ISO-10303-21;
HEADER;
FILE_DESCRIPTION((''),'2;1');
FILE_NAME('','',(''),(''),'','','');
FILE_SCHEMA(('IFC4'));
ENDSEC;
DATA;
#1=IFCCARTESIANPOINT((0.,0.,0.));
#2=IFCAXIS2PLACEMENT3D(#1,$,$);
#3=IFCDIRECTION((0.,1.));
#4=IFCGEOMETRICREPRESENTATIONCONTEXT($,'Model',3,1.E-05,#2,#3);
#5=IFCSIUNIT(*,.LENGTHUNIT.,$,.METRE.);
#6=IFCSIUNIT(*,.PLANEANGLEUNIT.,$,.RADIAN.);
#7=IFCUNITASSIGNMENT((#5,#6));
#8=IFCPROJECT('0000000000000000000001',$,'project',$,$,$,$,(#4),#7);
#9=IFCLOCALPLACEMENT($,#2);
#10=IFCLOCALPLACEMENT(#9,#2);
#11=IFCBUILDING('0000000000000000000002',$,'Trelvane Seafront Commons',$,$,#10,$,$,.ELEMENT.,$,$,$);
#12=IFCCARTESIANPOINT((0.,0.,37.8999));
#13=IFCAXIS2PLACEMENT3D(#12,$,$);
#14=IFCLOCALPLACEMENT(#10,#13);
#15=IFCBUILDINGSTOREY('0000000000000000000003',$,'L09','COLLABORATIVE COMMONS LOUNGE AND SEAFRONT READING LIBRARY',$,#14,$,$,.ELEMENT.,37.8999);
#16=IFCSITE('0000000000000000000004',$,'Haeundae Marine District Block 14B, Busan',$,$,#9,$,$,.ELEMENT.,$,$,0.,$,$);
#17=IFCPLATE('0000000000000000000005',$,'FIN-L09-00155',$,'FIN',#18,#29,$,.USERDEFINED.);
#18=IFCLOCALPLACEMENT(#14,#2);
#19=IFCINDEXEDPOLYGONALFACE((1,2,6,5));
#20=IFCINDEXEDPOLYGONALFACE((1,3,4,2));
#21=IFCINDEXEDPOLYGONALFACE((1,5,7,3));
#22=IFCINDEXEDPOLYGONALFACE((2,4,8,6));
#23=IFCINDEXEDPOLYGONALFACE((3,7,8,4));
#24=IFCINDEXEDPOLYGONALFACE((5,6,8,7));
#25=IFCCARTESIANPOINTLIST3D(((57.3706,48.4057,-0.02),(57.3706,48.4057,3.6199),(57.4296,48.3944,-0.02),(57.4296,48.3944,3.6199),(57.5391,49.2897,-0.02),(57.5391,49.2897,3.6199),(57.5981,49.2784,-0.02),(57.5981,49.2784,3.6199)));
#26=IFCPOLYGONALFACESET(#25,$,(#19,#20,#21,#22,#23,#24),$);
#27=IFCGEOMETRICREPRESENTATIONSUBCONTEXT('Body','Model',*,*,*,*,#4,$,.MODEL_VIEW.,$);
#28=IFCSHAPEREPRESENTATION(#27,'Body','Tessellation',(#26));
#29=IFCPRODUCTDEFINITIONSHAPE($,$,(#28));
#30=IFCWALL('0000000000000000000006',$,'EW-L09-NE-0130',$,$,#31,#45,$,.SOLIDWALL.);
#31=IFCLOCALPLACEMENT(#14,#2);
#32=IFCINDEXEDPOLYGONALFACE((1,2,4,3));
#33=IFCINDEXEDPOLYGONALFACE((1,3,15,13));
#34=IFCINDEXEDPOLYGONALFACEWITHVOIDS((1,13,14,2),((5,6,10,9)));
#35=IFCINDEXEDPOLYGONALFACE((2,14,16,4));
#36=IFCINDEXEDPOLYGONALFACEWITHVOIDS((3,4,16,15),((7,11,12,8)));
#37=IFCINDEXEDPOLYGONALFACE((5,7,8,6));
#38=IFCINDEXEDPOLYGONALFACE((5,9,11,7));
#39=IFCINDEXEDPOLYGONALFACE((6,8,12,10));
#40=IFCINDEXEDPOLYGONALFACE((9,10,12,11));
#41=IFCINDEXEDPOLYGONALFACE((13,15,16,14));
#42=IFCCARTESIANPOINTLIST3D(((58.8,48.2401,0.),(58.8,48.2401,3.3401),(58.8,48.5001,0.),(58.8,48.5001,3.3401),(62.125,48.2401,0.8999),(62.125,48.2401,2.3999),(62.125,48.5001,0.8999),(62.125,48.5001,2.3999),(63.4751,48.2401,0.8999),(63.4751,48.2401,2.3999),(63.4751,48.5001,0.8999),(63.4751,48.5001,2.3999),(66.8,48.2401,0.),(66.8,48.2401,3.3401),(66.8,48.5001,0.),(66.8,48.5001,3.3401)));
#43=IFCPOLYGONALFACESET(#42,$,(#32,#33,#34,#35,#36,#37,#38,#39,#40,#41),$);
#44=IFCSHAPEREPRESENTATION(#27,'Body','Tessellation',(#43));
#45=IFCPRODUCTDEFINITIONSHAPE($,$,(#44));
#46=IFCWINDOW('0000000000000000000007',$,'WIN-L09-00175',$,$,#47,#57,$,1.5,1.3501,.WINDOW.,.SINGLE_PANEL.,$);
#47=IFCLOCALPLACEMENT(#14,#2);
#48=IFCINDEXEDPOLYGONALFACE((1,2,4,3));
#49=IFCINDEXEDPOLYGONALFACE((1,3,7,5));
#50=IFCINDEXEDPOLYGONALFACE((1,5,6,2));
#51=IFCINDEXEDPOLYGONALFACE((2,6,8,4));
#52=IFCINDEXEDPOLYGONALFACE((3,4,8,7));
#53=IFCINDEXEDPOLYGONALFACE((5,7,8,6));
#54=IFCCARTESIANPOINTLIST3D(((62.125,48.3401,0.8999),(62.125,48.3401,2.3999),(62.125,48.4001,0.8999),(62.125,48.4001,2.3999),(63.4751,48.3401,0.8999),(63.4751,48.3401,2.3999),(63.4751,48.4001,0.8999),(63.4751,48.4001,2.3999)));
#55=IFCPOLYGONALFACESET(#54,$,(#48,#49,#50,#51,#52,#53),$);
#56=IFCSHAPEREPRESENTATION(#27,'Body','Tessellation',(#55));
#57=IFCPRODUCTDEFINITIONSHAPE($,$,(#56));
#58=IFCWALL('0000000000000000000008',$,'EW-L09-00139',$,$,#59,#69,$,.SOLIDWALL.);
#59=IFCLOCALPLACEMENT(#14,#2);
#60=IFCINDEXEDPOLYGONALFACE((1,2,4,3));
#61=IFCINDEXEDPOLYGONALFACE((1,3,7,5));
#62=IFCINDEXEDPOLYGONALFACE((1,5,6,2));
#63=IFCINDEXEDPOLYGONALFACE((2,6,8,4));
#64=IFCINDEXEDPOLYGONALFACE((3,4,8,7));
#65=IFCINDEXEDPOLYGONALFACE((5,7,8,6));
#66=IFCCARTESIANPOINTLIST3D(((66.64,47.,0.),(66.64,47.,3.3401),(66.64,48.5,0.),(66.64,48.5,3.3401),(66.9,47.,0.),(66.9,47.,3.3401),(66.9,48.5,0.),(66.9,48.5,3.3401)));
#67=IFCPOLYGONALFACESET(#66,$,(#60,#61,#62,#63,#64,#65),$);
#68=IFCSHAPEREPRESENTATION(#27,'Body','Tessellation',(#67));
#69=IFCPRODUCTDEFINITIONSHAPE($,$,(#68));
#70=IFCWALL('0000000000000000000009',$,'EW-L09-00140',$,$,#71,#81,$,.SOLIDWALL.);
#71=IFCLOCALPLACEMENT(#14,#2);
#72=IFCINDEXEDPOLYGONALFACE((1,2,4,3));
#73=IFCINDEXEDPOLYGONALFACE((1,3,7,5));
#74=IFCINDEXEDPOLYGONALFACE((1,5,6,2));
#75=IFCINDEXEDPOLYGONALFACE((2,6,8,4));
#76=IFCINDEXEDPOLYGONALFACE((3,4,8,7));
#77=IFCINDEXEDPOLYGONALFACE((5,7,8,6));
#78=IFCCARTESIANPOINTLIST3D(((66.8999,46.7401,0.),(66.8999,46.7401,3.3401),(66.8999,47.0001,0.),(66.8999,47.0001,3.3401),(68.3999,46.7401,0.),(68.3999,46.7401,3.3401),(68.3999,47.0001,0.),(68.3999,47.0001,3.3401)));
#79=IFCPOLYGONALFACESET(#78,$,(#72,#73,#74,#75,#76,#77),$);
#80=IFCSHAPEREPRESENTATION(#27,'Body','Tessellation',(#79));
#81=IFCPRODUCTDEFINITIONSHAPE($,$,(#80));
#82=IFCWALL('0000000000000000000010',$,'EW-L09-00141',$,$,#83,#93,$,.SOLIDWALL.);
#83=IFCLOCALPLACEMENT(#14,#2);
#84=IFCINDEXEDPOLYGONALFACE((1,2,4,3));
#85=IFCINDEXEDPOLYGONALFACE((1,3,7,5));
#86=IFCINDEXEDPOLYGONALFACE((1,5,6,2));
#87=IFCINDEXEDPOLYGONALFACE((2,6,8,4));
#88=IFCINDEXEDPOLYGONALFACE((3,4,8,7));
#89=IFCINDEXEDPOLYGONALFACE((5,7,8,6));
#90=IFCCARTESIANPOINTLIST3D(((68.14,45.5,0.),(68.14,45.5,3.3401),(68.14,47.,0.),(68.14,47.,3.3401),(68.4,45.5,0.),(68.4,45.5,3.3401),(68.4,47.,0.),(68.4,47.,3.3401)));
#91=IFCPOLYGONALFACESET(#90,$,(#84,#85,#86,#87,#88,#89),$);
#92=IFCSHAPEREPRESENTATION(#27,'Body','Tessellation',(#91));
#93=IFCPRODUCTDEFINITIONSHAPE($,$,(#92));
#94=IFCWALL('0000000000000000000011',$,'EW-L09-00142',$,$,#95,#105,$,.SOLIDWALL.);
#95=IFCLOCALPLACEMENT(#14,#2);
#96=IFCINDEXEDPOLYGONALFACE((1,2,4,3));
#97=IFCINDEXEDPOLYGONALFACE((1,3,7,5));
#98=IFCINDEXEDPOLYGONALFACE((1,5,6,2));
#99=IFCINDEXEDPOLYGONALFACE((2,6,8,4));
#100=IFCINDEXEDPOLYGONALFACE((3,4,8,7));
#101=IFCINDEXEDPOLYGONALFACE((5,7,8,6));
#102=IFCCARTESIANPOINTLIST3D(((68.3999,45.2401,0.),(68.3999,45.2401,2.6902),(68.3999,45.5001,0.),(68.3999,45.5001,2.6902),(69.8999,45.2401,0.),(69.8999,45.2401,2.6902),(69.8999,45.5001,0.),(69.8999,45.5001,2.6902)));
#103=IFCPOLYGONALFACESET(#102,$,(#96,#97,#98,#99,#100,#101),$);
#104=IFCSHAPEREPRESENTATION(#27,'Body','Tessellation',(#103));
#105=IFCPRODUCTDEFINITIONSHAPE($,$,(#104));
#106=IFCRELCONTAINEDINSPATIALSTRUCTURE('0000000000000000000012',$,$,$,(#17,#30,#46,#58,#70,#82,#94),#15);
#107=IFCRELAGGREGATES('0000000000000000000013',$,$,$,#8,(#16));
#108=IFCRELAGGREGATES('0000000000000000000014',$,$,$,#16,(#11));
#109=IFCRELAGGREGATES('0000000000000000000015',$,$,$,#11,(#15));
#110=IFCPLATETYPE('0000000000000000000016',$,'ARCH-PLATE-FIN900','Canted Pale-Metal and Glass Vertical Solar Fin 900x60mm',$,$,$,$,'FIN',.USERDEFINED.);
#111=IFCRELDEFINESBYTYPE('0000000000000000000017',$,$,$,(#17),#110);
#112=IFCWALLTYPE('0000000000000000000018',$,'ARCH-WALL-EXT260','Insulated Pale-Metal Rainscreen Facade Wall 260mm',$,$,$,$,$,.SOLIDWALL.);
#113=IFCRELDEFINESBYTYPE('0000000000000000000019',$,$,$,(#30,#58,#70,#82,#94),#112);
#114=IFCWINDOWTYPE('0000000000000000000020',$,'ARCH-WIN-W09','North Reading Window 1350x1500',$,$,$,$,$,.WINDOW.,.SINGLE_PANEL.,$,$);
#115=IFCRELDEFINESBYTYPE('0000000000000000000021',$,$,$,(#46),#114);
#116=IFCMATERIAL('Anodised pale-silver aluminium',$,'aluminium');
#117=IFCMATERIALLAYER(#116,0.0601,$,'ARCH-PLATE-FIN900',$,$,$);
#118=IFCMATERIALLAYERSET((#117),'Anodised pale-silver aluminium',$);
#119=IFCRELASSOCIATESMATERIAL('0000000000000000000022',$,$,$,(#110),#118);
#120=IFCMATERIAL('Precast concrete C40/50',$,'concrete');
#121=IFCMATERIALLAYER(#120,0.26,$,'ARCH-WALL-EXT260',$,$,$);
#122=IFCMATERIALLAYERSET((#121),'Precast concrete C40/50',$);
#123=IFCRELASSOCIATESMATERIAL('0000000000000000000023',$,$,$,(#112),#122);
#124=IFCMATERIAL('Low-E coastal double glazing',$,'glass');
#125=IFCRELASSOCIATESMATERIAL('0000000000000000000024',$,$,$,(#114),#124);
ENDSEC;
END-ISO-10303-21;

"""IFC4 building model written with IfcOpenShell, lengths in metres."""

from ifc_helpers import new_model, si_unit, direction, frame, frame_2d, origin, origin_2d, place, context, subcontext, project, spatial, rectangle, extrude, source, transform, mapped, material, layer, layer_set, type_object, element, fill, save


model = new_model("IFC4")

# Units and contexts
model_context = context("Model", 3, precision=1e-05, world=origin(), true_north=direction((0.0, 1.0)))
body_context = subcontext(model_context, "Body", "Model", "MODEL_VIEW")
ifc_project = project(units=[si_unit("LENGTHUNIT", "METRE"), si_unit("PLANEANGLEUNIT", "RADIAN")], contexts=[model_context])

# Site, building, storey
site_placement = place(None, origin())
site = spatial("IfcSite", under=ifc_project, at=site_placement, Name="Haeundae Marine District Block 14B, Busan", CompositionType="ELEMENT", RefElevation=0.0)
building_placement = place(site_placement, origin())
building = spatial("IfcBuilding", under=site, at=building_placement, Name="Trelvane Seafront Commons", CompositionType="ELEMENT")
storey_placement = place(building_placement, frame((0.0, 0.0, 37.8999)))
storey = spatial("IfcBuildingStorey", under=building, at=storey_placement, Name="L09", Description="COLLABORATIVE COMMONS LOUNGE AND SEAFRONT READING LIBRARY", CompositionType="ELEMENT", Elevation=37.8999)

# Shared definitions
ifc_material_1 = material(Name="Anodised pale-silver aluminium", Category="aluminium")
ifc_material_2 = material(Name="Low-E coastal double glazing", Category="glass")

# Plate
ifc_layer_1 = layer(ifc_material_1, 0.0601, Name="ARCH-PLATE-FIN900")
ifc_layer_set_1 = layer_set([ifc_layer_1], Name="Anodised pale-silver aluminium")
plate_type_1 = type_object("IfcPlateType", Name="ARCH-PLATE-FIN900", Description="Canted Pale-Metal and Glass Vertical Solar Fin 900x60mm", ElementType="FIN", PredefinedType="USERDEFINED", material=ifc_layer_set_1)
shared_shape_1 = source(origin(), body_context, "Body", "SweptSolid", [
    extrude(rectangle(XDim=0.8999, YDim=0.0601, at=origin_2d()), origin(), (0.0, 0.0, 1.0), 3.6399),
])
plate_1_placement = place(storey_placement, frame((57.4844, 48.842, -0.02), z_axis=(0.0, 0.0, 1.0), x_axis=(0.18722, 0.982318, 0.0)))
element("IfcPlate", 1, at=plate_1_placement, inside=storey, type_object=plate_type_1, Name="FIN-L09-00155", ObjectType="FIN", PredefinedType="USERDEFINED", context=body_context, shape_type="MappedRepresentation", body=[
    mapped(shared_shape_1, transform((0.0, 0.0, 0.0), x_axis=(1.0, 0.0, 0.0), y_axis=(0.0, 1.0, 0.0), z_axis=(0.0, 0.0, 1.0), scale=1.0)),
])

# Wall, opening, window
ifc_material_3 = material(Name="Precast concrete C40/50", Category="concrete")
ifc_layer_2 = layer(ifc_material_3, 0.26, Name="ARCH-WALL-EXT260")
ifc_layer_set_2 = layer_set([ifc_layer_2], Name="Precast concrete C40/50")
wall_type_1 = type_object("IfcWallType", Name="ARCH-WALL-EXT260", Description="Insulated Pale-Metal Rainscreen Facade Wall 260mm", PredefinedType="SOLIDWALL", material=ifc_layer_set_2)
wall_1_placement = place(storey_placement, frame((58.8, 48.3701, 0.0), z_axis=(0.0, 0.0, 1.0), x_axis=(1.0, 0.0, 0.0)))
wall_1 = element("IfcWall", 2, at=wall_1_placement, inside=storey, type_object=wall_type_1, Name="EW-L09-NE-0130", PredefinedType="SOLIDWALL", context=body_context, shape_type="SweptSolid", body=[
    extrude(rectangle(XDim=8.0, YDim=0.26, at=frame_2d((4.0, 0.0))), origin(), (0.0, 0.0, 1.0), 3.3401),
])
opening_1_placement = place(wall_1_placement, frame((3.325, 0.0, 0.8999)))
opening_1 = element("IfcOpeningElement", 3, at=opening_1_placement, cuts=wall_1, PredefinedType="OPENING", context=body_context, shape_type="SweptSolid", body=[
    extrude(rectangle(XDim=1.3501, YDim=1.5, at=frame_2d((0.675, 0.75))), frame((0.0, 0.1399, 0.0), z_axis=(0.0, -1.0, 0.0), x_axis=(1.0, 0.0, 0.0)), (0.0, 0.0, 1.0), 0.28),
])
window_type_1 = type_object("IfcWindowType", Name="ARCH-WIN-W09", Description="North Reading Window 1350x1500", PartitioningType="SINGLE_PANEL", PredefinedType="WINDOW", material=ifc_material_2)
shared_shape_2 = source(origin(), body_context, "Body", "SweptSolid", [
    extrude(rectangle(XDim=1.3501, YDim=1.5, at=frame_2d((0.675, 0.75))), frame((0.0, 0.03, 0.0), z_axis=(0.0, -1.0, 0.0), x_axis=(1.0, 0.0, 0.0)), (0.0, 0.0, 1.0), 0.0601),
])
window_1_placement = place(opening_1_placement, origin())
window_1 = element("IfcWindow", 4, at=window_1_placement, inside=storey, type_object=window_type_1, Name="WIN-L09-00175", OverallHeight=1.5, OverallWidth=1.3501, PartitioningType="SINGLE_PANEL", PredefinedType="WINDOW", context=body_context, shape_type="MappedRepresentation", body=[
    mapped(shared_shape_2, transform((0.0, 0.0, 0.0), x_axis=(1.0, 0.0, 0.0), y_axis=(0.0, 1.0, 0.0), z_axis=(0.0, 0.0, 1.0), scale=1.0)),
])
fill(opening_1, window_1)

# Walls
for number, where, z_axis, x_axis, name in (
    (5, (66.77, 48.5, 0.0), (0.0, 0.0, 1.0), (0.0, -1.0, 0.0), "EW-L09-00139"),
    (6, (66.8999, 46.8701, 0.0), (0.0, 0.0, 1.0), (1.0, 0.0, 0.0), "EW-L09-00140"),
    (7, (68.27, 47.0, 0.0), (0.0, 0.0, 1.0), (0.0, -1.0, 0.0), "EW-L09-00141"),
):
    element("IfcWall", number, at=place(storey_placement, frame(where, z_axis=z_axis, x_axis=x_axis)), inside=storey, type_object=wall_type_1, Name=name, PredefinedType="SOLIDWALL", context=body_context, shape_type="SweptSolid", body=[
        extrude(rectangle(XDim=1.5, YDim=0.26, at=frame_2d((0.75, 0.0))), origin(), (0.0, 0.0, 1.0), 3.3401),
    ])
wall_2_placement = place(storey_placement, frame((68.3999, 45.3701, 0.0), z_axis=(0.0, 0.0, 1.0), x_axis=(1.0, 0.0, 0.0)))
element("IfcWall", 8, at=wall_2_placement, inside=storey, type_object=wall_type_1, Name="EW-L09-00142", PredefinedType="SOLIDWALL", context=body_context, shape_type="SweptSolid", body=[
    extrude(rectangle(XDim=1.5, YDim=0.26, at=frame_2d((0.75, 0.0))), origin(), (0.0, 0.0, 1.0), 2.6902),
])

save(model, "model.ifc")
